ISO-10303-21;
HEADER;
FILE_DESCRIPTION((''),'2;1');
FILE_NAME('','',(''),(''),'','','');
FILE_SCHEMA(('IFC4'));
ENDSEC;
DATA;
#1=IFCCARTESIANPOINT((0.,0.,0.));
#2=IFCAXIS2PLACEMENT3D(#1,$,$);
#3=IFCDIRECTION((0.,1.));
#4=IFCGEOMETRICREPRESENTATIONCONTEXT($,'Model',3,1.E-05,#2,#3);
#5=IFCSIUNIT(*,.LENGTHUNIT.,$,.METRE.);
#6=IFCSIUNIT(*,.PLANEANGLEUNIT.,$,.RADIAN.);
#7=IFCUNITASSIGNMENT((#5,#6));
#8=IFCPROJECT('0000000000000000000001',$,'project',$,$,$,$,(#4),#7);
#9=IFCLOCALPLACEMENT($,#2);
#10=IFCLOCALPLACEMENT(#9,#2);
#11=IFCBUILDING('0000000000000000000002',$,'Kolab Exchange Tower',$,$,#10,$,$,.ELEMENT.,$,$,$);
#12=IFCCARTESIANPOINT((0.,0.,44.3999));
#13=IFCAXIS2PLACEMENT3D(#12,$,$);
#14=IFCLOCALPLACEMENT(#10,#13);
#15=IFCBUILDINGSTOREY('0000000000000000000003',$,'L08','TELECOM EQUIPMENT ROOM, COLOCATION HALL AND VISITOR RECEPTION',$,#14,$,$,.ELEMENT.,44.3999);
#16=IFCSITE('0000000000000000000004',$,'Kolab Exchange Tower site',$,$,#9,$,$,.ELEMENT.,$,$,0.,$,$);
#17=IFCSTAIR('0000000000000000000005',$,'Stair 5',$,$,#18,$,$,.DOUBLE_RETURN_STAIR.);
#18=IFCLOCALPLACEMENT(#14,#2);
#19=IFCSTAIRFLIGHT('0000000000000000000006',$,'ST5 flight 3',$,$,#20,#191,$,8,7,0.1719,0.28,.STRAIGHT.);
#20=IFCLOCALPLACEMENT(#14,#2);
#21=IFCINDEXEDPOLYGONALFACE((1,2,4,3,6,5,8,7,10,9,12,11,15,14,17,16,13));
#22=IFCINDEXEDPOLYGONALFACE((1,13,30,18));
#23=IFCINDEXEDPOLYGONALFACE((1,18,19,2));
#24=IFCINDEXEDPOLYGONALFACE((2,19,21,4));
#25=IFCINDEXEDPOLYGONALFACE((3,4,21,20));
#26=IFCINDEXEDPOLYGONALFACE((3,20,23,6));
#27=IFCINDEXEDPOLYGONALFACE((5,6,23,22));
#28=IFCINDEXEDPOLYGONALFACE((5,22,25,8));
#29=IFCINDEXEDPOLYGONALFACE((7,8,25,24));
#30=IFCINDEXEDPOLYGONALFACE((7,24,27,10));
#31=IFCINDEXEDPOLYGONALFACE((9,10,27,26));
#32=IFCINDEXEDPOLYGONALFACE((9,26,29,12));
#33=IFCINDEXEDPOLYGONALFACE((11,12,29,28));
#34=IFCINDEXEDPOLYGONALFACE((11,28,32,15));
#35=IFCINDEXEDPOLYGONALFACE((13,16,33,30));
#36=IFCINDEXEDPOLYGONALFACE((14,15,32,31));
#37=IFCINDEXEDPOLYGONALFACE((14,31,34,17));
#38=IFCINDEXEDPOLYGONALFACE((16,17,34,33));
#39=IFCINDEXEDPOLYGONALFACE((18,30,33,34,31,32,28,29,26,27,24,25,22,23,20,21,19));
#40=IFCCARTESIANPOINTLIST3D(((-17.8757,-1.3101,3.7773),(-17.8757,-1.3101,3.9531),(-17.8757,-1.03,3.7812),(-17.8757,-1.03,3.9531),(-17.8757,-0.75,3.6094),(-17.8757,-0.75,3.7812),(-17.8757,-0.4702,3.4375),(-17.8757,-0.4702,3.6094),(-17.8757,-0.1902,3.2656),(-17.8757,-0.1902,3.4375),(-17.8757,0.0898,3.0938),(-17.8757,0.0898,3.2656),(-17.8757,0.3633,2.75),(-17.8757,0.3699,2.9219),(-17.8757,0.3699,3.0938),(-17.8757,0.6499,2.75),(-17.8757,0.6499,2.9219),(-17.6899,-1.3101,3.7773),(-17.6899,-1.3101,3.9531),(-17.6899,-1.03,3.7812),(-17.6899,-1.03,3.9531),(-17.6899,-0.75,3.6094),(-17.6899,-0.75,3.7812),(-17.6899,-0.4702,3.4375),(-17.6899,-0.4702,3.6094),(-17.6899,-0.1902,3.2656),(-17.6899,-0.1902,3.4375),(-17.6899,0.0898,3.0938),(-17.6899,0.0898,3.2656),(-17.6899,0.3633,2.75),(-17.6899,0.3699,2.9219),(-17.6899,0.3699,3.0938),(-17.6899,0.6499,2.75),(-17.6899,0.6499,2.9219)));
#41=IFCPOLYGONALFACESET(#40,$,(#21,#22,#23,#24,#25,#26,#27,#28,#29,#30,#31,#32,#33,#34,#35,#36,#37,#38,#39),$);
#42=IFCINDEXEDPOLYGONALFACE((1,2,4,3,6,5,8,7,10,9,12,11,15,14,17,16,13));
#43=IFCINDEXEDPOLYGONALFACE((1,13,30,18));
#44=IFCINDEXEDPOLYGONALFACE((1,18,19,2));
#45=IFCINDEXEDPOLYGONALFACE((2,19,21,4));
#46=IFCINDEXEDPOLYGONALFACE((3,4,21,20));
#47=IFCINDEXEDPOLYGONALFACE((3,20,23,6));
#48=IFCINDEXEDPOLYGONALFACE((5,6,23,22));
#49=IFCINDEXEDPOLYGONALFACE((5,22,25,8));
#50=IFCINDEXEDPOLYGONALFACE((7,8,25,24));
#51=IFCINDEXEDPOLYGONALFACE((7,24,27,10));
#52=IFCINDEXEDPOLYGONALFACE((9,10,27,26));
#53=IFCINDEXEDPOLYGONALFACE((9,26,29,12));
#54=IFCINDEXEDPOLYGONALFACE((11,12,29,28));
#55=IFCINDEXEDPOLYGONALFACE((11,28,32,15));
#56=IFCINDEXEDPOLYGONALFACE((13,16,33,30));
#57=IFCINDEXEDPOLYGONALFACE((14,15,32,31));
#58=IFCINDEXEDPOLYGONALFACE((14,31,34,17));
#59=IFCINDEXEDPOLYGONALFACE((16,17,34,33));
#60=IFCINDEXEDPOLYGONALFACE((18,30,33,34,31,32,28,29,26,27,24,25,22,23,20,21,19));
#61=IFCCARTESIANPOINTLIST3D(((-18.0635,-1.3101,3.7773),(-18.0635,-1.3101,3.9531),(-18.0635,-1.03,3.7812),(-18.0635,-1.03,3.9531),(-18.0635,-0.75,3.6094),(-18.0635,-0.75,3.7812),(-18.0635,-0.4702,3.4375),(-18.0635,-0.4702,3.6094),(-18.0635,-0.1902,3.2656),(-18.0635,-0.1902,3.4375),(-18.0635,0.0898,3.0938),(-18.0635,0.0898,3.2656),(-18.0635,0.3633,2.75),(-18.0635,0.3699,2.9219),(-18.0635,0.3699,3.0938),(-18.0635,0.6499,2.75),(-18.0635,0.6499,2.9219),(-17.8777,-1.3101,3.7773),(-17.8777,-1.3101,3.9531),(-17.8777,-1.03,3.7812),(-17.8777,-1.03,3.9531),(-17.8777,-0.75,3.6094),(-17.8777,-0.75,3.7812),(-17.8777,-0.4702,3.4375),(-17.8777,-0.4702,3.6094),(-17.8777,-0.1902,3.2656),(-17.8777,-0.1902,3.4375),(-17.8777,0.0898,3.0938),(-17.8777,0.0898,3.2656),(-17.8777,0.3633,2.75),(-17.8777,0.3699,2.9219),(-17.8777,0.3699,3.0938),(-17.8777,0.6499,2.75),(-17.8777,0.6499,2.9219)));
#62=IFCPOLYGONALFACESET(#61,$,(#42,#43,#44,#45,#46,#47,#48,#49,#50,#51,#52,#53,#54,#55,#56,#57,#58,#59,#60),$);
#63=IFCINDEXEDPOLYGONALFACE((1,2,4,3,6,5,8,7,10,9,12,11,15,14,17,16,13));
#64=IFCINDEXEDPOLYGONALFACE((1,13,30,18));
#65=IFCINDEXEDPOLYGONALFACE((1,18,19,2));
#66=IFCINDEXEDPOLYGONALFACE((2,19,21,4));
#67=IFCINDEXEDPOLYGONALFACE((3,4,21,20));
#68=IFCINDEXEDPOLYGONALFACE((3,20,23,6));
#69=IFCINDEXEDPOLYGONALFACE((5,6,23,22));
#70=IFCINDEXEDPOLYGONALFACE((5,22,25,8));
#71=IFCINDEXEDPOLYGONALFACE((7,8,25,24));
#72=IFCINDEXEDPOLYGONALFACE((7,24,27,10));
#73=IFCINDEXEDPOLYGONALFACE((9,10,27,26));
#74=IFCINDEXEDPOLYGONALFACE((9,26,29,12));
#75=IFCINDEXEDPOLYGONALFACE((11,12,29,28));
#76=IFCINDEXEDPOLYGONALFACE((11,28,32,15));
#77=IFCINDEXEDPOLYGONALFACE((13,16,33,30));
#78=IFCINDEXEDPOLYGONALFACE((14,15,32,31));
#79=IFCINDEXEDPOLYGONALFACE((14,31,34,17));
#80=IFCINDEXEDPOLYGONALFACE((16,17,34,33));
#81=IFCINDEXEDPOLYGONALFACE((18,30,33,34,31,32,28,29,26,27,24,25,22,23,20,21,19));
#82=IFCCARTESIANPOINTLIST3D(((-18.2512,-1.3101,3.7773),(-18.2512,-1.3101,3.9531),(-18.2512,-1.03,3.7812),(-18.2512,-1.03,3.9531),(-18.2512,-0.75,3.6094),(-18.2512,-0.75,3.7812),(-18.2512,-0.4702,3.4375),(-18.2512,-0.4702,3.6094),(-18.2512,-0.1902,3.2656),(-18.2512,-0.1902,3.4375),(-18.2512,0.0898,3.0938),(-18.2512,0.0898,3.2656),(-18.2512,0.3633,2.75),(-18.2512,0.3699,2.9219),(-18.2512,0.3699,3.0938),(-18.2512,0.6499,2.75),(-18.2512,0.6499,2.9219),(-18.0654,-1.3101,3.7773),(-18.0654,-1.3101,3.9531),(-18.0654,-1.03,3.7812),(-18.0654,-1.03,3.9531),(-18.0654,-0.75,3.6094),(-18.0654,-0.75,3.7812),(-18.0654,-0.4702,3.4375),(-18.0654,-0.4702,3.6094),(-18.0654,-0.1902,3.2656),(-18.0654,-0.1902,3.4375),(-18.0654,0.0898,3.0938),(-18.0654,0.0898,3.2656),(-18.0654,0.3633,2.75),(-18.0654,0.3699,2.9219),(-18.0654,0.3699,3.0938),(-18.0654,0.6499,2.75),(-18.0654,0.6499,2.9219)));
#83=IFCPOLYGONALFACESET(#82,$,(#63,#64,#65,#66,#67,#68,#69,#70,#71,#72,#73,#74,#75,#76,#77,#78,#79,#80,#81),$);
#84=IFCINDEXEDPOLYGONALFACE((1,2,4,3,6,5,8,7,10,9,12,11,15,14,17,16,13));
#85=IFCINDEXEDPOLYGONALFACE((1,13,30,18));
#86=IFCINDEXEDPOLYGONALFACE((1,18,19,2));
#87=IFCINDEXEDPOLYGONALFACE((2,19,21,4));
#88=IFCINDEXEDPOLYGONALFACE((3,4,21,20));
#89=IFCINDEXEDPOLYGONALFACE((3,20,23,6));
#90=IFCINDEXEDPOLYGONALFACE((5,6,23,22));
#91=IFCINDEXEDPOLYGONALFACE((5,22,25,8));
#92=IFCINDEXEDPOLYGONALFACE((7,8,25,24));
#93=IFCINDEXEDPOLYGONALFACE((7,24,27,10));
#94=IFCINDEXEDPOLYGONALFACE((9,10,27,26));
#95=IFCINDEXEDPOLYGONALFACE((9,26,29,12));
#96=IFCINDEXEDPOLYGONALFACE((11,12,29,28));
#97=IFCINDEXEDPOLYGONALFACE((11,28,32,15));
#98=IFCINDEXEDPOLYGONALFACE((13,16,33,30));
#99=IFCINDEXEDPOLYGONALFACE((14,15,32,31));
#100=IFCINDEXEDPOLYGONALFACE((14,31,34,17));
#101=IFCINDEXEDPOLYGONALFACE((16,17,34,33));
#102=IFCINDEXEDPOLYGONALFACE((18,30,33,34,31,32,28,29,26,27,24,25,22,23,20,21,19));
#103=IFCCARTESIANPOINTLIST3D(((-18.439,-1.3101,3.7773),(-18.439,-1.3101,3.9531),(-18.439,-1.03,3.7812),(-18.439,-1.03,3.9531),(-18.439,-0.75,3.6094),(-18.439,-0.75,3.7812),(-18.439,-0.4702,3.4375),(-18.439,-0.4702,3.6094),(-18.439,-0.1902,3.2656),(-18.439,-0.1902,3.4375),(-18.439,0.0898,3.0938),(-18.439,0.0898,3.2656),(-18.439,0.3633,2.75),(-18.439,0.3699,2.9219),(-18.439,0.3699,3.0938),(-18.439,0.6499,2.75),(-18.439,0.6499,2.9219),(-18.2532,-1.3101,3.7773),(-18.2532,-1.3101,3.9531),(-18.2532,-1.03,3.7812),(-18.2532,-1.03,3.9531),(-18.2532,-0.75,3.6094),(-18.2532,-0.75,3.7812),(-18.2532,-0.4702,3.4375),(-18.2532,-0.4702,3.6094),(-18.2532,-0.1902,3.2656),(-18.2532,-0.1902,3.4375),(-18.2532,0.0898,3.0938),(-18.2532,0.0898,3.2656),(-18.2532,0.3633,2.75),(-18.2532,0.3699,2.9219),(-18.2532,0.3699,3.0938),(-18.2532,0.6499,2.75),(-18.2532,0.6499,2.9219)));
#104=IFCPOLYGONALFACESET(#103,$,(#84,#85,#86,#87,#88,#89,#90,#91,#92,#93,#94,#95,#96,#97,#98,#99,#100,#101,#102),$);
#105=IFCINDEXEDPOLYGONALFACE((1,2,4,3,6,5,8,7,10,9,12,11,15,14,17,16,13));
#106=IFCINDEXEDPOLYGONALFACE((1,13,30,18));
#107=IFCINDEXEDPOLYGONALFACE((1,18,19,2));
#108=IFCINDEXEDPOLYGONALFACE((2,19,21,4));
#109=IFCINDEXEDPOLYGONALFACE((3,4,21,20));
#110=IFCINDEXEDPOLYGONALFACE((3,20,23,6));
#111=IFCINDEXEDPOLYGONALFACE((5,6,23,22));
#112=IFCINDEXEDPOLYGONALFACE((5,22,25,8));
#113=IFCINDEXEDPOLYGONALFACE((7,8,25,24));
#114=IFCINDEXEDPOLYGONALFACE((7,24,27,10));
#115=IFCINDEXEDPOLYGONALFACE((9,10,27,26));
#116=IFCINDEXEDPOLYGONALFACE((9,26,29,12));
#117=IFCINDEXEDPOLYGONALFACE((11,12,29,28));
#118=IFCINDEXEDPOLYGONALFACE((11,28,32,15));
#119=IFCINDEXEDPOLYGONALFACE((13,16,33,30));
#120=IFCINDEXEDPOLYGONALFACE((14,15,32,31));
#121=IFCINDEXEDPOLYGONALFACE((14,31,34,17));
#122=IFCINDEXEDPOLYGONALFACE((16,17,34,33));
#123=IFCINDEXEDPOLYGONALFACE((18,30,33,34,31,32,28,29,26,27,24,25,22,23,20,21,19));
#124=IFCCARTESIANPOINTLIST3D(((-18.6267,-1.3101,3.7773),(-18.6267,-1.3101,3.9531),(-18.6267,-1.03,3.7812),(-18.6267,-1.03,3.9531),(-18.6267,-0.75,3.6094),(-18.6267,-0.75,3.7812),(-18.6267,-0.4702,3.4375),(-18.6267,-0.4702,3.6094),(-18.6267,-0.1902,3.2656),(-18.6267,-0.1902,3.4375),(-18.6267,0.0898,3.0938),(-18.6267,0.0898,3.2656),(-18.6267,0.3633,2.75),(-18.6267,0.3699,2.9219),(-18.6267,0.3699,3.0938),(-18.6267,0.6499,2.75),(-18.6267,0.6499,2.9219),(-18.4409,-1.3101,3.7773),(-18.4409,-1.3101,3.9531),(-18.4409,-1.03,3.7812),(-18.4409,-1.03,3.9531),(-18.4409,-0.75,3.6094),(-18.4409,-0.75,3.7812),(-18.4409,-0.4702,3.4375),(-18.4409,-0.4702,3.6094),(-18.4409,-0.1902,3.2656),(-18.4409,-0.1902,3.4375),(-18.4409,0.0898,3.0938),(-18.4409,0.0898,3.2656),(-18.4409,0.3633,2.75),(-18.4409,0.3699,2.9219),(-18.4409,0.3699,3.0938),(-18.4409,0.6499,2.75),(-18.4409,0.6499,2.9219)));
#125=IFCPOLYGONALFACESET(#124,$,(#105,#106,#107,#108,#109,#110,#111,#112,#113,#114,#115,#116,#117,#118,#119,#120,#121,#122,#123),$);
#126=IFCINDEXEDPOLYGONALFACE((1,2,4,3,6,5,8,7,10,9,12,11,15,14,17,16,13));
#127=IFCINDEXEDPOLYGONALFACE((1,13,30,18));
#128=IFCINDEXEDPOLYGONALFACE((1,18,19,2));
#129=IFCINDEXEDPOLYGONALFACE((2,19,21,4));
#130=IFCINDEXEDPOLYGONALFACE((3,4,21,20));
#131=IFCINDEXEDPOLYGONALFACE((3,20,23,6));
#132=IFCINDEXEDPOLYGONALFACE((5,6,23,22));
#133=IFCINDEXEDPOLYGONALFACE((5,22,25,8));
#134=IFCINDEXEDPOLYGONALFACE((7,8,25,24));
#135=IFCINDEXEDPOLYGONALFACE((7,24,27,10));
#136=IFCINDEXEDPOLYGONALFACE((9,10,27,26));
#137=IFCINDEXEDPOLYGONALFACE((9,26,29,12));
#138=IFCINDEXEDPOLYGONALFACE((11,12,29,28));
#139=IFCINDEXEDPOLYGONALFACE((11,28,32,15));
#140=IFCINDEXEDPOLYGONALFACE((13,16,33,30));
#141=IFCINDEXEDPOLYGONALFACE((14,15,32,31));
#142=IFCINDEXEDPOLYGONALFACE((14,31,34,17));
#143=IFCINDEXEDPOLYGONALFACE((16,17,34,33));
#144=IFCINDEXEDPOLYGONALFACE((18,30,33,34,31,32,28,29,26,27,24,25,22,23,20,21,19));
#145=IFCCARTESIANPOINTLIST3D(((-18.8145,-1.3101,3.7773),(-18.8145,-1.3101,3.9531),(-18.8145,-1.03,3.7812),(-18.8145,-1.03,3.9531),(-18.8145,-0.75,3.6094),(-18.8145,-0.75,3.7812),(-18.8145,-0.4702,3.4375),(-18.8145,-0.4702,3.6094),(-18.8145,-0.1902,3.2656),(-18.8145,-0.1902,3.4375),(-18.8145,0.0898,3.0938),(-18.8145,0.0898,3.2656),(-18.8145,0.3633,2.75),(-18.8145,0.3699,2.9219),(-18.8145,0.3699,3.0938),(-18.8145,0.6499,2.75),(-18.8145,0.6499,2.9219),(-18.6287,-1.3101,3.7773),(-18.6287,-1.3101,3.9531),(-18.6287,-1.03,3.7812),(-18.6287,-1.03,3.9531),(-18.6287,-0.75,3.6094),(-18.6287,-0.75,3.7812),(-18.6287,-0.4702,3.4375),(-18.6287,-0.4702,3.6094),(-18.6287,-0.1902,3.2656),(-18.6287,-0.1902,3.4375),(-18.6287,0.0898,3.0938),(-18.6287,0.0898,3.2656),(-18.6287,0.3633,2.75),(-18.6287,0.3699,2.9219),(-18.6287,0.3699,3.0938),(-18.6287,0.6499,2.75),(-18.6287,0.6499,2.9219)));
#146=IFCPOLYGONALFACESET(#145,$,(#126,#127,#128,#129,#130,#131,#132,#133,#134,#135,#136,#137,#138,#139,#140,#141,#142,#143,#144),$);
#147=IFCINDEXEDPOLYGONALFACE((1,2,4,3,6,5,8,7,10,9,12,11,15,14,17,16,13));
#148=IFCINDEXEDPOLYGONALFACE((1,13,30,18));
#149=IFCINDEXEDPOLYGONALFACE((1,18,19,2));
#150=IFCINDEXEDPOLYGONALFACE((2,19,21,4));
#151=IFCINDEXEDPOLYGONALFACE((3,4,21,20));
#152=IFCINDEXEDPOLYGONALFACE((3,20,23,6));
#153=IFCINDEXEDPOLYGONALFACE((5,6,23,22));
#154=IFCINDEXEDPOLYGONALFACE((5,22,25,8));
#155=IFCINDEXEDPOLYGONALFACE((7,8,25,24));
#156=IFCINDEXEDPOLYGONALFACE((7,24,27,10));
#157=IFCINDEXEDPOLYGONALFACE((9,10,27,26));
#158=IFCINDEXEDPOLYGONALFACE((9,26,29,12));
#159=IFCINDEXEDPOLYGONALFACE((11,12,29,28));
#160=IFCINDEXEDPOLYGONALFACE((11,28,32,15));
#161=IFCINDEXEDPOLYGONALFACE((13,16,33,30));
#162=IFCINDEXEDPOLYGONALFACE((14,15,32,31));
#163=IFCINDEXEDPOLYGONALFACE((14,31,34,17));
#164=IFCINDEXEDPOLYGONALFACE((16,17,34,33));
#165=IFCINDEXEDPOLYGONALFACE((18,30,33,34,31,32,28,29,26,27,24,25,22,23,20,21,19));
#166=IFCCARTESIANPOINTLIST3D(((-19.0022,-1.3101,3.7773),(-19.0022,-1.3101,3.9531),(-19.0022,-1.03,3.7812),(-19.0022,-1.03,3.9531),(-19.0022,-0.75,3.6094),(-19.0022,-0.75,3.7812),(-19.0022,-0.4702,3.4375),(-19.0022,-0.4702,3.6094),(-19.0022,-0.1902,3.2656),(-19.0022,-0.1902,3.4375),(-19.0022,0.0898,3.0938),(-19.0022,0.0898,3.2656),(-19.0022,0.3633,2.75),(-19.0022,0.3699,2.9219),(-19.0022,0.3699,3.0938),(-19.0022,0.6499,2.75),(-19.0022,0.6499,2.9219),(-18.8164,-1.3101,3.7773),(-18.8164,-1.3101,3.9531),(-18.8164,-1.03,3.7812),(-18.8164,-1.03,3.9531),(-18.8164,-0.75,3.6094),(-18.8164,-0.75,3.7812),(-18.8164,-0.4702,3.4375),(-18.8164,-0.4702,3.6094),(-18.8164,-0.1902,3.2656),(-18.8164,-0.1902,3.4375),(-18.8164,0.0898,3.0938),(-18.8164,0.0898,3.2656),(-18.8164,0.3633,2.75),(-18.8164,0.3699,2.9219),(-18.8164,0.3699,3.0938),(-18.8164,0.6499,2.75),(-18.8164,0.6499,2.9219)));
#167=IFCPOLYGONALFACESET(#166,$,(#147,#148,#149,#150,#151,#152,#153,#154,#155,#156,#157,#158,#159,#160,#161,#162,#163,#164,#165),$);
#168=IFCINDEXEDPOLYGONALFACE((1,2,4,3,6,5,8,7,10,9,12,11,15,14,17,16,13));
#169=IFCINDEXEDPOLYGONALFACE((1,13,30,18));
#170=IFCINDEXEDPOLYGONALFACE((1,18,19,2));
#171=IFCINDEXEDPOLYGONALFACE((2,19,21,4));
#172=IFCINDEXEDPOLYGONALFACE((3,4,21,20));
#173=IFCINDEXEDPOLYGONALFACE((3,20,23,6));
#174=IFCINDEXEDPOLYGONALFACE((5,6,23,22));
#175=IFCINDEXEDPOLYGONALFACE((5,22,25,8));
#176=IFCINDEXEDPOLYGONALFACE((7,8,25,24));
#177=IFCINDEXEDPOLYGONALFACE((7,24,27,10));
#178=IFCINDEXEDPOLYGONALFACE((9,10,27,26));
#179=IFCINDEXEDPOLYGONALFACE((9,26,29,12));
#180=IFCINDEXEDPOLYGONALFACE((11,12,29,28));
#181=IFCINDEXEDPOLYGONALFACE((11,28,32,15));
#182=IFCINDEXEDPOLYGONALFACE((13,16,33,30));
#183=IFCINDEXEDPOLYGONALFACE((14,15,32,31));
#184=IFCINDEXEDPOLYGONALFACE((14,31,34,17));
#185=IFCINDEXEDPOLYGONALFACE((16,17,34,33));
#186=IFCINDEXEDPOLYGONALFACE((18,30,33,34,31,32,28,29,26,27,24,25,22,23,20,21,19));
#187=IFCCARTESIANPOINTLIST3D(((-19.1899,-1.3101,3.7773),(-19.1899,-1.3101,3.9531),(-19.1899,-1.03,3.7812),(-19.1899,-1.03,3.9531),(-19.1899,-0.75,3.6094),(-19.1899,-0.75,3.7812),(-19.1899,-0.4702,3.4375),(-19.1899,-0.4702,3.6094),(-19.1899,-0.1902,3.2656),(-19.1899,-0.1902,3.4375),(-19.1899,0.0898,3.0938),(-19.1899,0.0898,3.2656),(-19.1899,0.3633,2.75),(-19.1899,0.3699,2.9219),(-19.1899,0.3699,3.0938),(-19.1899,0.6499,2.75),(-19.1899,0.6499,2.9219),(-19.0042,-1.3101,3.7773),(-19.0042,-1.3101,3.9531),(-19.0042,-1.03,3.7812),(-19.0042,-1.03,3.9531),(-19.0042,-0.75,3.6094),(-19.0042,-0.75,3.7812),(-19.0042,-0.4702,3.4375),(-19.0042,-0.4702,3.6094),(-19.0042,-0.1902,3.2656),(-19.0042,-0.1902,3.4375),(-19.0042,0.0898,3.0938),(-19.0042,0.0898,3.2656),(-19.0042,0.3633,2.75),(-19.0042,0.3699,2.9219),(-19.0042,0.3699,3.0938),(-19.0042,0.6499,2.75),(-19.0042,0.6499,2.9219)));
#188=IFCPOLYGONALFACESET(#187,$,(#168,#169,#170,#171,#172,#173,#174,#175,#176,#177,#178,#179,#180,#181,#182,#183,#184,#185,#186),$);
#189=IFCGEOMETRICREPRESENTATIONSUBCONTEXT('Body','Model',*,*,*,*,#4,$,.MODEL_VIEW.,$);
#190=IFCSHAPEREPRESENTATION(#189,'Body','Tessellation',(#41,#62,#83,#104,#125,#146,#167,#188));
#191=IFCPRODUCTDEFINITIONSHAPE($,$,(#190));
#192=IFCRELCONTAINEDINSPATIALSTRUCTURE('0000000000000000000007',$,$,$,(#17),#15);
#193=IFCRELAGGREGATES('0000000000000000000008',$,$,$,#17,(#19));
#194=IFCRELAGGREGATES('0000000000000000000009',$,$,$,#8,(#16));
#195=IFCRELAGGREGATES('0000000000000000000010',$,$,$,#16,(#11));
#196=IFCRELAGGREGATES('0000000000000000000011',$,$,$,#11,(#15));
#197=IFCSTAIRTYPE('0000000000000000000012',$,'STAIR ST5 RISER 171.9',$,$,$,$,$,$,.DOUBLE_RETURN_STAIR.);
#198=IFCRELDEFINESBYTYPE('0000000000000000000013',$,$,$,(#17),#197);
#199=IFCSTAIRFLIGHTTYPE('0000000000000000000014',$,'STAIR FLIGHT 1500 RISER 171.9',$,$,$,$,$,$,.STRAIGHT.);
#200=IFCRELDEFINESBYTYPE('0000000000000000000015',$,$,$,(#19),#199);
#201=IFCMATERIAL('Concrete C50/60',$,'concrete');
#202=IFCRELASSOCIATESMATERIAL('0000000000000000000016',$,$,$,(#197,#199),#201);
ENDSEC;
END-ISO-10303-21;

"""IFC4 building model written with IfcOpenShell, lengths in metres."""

from ifc_helpers import new_model, si_unit, direction, frame, origin, place, context, subcontext, project, spatial, polyline, outline, extrude, material, type_object, element, aggregate, save


model = new_model("IFC4")

# Units and contexts
model_context = context("Model", 3, precision=1e-05, world=origin(), true_north=direction((0.0, 1.0)))
body_context = subcontext(model_context, "Body", "Model", "MODEL_VIEW")
ifc_project = project(units=[si_unit("LENGTHUNIT", "METRE"), si_unit("PLANEANGLEUNIT", "RADIAN")], contexts=[model_context])

# Site, building, storey
site_placement = place(None, origin())
site = spatial("IfcSite", under=ifc_project, at=site_placement, Name="Kolab Exchange Tower site", CompositionType="ELEMENT", RefElevation=0.0)
building_placement = place(site_placement, origin())
building = spatial("IfcBuilding", under=site, at=building_placement, Name="Kolab Exchange Tower", CompositionType="ELEMENT")
storey_placement = place(building_placement, frame((0.0, 0.0, 44.3999)))
storey = spatial("IfcBuildingStorey", under=building, at=storey_placement, Name="L08", Description="TELECOM EQUIPMENT ROOM, COLOCATION HALL AND VISITOR RECEPTION", CompositionType="ELEMENT", Elevation=44.3999)

# Shared definitions
ifc_material_1 = material(Name="Concrete C50/60", Category="concrete")

# Stair, stair flight
stair_type = type_object("IfcStairType", Name="STAIR ST5 RISER 171.9", PredefinedType="DOUBLE_RETURN_STAIR", material=ifc_material_1)
stair_placement = place(storey_placement, origin())
stair = element("IfcStair", 1, at=stair_placement, inside=storey, type_object=stair_type, Name="Stair 5", PredefinedType="DOUBLE_RETURN_STAIR")
stair_flight_type = type_object("IfcStairFlightType", Name="STAIR FLIGHT 1500 RISER 171.9", PredefinedType="STRAIGHT", material=ifc_material_1)
stair_flight_1_placement = place(storey_placement, frame((-18.4399, 0.6499, 2.75), z_axis=(0.0, 0.0, 1.0), x_axis=(0.0, -1.0, 0.0)))
stair_flight_1 = element("IfcStairFlight", 2, at=stair_flight_1_placement, type_object=stair_flight_type, Name="ST5 flight 3", NumberOfRisers=8, NumberOfTreads=7, PredefinedType="STRAIGHT", RiserHeight=0.1719, TreadLength=0.28, context=body_context, shape_type="SweptSolid", body=[
    extrude(outline(polyline([(0.0, 0.0), (0.0, 0.1719), (0.28, 0.1719), (0.28, 0.3438), (0.5601, 0.3438), (0.5601, 0.5156), (0.8401, 0.5156), (0.8401, 0.6875), (1.1201, 0.6875), (1.1201, 0.8594), (1.3999, 0.8594), (1.3999, 1.0312), (1.6799, 1.0312), (1.6799, 1.2031), (1.96, 1.2031), (1.96, 1.375), (1.96, 1.0273), (0.2866, 0.0), (0.0, 0.0)])), frame((0.0, 0.75, 0.0), z_axis=(0.0, -1.0, 0.0), x_axis=(1.0, 0.0, 0.0)), (0.0, 0.0, 1.0), 0.1858),
    extrude(outline(polyline([(0.0, 0.0), (0.0, 0.1719), (0.28, 0.1719), (0.28, 0.3438), (0.5601, 0.3438), (0.5601, 0.5156), (0.8401, 0.5156), (0.8401, 0.6875), (1.1201, 0.6875), (1.1201, 0.8594), (1.3999, 0.8594), (1.3999, 1.0312), (1.6799, 1.0312), (1.6799, 1.2031), (1.96, 1.2031), (1.96, 1.375), (1.96, 1.0273), (0.2866, 0.0), (0.0, 0.0)])), frame((0.0, 0.5623, 0.0), z_axis=(0.0, -1.0, 0.0), x_axis=(1.0, 0.0, 0.0)), (0.0, 0.0, 1.0), 0.1858),
    extrude(outline(polyline([(0.0, 0.0), (0.0, 0.1719), (0.28, 0.1719), (0.28, 0.3438), (0.5601, 0.3438), (0.5601, 0.5156), (0.8401, 0.5156), (0.8401, 0.6875), (1.1201, 0.6875), (1.1201, 0.8594), (1.3999, 0.8594), (1.3999, 1.0312), (1.6799, 1.0312), (1.6799, 1.2031), (1.96, 1.2031), (1.96, 1.375), (1.96, 1.0273), (0.2866, 0.0), (0.0, 0.0)])), frame((0.0, 0.3745, 0.0), z_axis=(0.0, -1.0, 0.0), x_axis=(1.0, 0.0, 0.0)), (0.0, 0.0, 1.0), 0.1858),
    extrude(outline(polyline([(0.0, 0.0), (0.0, 0.1719), (0.28, 0.1719), (0.28, 0.3438), (0.5601, 0.3438), (0.5601, 0.5156), (0.8401, 0.5156), (0.8401, 0.6875), (1.1201, 0.6875), (1.1201, 0.8594), (1.3999, 0.8594), (1.3999, 1.0312), (1.6799, 1.0312), (1.6799, 1.2031), (1.96, 1.2031), (1.96, 1.375), (1.96, 1.0273), (0.2866, 0.0), (0.0, 0.0)])), frame((0.0, 0.1868, 0.0), z_axis=(0.0, -1.0, 0.0), x_axis=(1.0, 0.0, 0.0)), (0.0, 0.0, 1.0), 0.1858),
    extrude(outline(polyline([(0.0, 0.0), (0.0, 0.1719), (0.28, 0.1719), (0.28, 0.3438), (0.5601, 0.3438), (0.5601, 0.5156), (0.8401, 0.5156), (0.8401, 0.6875), (1.1201, 0.6875), (1.1201, 0.8594), (1.3999, 0.8594), (1.3999, 1.0312), (1.6799, 1.0312), (1.6799, 1.2031), (1.96, 1.2031), (1.96, 1.375), (1.96, 1.0273), (0.2866, 0.0), (0.0, 0.0)])), frame((0.0, -0.001, 0.0), z_axis=(0.0, -1.0, 0.0), x_axis=(1.0, 0.0, 0.0)), (0.0, 0.0, 1.0), 0.1858),
    extrude(outline(polyline([(0.0, 0.0), (0.0, 0.1719), (0.28, 0.1719), (0.28, 0.3438), (0.5601, 0.3438), (0.5601, 0.5156), (0.8401, 0.5156), (0.8401, 0.6875), (1.1201, 0.6875), (1.1201, 0.8594), (1.3999, 0.8594), (1.3999, 1.0312), (1.6799, 1.0312), (1.6799, 1.2031), (1.96, 1.2031), (1.96, 1.375), (1.96, 1.0273), (0.2866, 0.0), (0.0, 0.0)])), frame((0.0, -0.1887, 0.0), z_axis=(0.0, -1.0, 0.0), x_axis=(1.0, 0.0, 0.0)), (0.0, 0.0, 1.0), 0.1858),
    extrude(outline(polyline([(0.0, 0.0), (0.0, 0.1719), (0.28, 0.1719), (0.28, 0.3438), (0.5601, 0.3438), (0.5601, 0.5156), (0.8401, 0.5156), (0.8401, 0.6875), (1.1201, 0.6875), (1.1201, 0.8594), (1.3999, 0.8594), (1.3999, 1.0312), (1.6799, 1.0312), (1.6799, 1.2031), (1.96, 1.2031), (1.96, 1.375), (1.96, 1.0273), (0.2866, 0.0), (0.0, 0.0)])), frame((0.0, -0.3765, 0.0), z_axis=(0.0, -1.0, 0.0), x_axis=(1.0, 0.0, 0.0)), (0.0, 0.0, 1.0), 0.1858),
    extrude(outline(polyline([(0.0, 0.0), (0.0, 0.1719), (0.28, 0.1719), (0.28, 0.3438), (0.5601, 0.3438), (0.5601, 0.5156), (0.8401, 0.5156), (0.8401, 0.6875), (1.1201, 0.6875), (1.1201, 0.8594), (1.3999, 0.8594), (1.3999, 1.0312), (1.6799, 1.0312), (1.6799, 1.2031), (1.96, 1.2031), (1.96, 1.375), (1.96, 1.0273), (0.2866, 0.0), (0.0, 0.0)])), frame((0.0, -0.5642, 0.0), z_axis=(0.0, -1.0, 0.0), x_axis=(1.0, 0.0, 0.0)), (0.0, 0.0, 1.0), 0.1858),
])
aggregate(stair, [stair_flight_1])

save(model, "model.ifc")
